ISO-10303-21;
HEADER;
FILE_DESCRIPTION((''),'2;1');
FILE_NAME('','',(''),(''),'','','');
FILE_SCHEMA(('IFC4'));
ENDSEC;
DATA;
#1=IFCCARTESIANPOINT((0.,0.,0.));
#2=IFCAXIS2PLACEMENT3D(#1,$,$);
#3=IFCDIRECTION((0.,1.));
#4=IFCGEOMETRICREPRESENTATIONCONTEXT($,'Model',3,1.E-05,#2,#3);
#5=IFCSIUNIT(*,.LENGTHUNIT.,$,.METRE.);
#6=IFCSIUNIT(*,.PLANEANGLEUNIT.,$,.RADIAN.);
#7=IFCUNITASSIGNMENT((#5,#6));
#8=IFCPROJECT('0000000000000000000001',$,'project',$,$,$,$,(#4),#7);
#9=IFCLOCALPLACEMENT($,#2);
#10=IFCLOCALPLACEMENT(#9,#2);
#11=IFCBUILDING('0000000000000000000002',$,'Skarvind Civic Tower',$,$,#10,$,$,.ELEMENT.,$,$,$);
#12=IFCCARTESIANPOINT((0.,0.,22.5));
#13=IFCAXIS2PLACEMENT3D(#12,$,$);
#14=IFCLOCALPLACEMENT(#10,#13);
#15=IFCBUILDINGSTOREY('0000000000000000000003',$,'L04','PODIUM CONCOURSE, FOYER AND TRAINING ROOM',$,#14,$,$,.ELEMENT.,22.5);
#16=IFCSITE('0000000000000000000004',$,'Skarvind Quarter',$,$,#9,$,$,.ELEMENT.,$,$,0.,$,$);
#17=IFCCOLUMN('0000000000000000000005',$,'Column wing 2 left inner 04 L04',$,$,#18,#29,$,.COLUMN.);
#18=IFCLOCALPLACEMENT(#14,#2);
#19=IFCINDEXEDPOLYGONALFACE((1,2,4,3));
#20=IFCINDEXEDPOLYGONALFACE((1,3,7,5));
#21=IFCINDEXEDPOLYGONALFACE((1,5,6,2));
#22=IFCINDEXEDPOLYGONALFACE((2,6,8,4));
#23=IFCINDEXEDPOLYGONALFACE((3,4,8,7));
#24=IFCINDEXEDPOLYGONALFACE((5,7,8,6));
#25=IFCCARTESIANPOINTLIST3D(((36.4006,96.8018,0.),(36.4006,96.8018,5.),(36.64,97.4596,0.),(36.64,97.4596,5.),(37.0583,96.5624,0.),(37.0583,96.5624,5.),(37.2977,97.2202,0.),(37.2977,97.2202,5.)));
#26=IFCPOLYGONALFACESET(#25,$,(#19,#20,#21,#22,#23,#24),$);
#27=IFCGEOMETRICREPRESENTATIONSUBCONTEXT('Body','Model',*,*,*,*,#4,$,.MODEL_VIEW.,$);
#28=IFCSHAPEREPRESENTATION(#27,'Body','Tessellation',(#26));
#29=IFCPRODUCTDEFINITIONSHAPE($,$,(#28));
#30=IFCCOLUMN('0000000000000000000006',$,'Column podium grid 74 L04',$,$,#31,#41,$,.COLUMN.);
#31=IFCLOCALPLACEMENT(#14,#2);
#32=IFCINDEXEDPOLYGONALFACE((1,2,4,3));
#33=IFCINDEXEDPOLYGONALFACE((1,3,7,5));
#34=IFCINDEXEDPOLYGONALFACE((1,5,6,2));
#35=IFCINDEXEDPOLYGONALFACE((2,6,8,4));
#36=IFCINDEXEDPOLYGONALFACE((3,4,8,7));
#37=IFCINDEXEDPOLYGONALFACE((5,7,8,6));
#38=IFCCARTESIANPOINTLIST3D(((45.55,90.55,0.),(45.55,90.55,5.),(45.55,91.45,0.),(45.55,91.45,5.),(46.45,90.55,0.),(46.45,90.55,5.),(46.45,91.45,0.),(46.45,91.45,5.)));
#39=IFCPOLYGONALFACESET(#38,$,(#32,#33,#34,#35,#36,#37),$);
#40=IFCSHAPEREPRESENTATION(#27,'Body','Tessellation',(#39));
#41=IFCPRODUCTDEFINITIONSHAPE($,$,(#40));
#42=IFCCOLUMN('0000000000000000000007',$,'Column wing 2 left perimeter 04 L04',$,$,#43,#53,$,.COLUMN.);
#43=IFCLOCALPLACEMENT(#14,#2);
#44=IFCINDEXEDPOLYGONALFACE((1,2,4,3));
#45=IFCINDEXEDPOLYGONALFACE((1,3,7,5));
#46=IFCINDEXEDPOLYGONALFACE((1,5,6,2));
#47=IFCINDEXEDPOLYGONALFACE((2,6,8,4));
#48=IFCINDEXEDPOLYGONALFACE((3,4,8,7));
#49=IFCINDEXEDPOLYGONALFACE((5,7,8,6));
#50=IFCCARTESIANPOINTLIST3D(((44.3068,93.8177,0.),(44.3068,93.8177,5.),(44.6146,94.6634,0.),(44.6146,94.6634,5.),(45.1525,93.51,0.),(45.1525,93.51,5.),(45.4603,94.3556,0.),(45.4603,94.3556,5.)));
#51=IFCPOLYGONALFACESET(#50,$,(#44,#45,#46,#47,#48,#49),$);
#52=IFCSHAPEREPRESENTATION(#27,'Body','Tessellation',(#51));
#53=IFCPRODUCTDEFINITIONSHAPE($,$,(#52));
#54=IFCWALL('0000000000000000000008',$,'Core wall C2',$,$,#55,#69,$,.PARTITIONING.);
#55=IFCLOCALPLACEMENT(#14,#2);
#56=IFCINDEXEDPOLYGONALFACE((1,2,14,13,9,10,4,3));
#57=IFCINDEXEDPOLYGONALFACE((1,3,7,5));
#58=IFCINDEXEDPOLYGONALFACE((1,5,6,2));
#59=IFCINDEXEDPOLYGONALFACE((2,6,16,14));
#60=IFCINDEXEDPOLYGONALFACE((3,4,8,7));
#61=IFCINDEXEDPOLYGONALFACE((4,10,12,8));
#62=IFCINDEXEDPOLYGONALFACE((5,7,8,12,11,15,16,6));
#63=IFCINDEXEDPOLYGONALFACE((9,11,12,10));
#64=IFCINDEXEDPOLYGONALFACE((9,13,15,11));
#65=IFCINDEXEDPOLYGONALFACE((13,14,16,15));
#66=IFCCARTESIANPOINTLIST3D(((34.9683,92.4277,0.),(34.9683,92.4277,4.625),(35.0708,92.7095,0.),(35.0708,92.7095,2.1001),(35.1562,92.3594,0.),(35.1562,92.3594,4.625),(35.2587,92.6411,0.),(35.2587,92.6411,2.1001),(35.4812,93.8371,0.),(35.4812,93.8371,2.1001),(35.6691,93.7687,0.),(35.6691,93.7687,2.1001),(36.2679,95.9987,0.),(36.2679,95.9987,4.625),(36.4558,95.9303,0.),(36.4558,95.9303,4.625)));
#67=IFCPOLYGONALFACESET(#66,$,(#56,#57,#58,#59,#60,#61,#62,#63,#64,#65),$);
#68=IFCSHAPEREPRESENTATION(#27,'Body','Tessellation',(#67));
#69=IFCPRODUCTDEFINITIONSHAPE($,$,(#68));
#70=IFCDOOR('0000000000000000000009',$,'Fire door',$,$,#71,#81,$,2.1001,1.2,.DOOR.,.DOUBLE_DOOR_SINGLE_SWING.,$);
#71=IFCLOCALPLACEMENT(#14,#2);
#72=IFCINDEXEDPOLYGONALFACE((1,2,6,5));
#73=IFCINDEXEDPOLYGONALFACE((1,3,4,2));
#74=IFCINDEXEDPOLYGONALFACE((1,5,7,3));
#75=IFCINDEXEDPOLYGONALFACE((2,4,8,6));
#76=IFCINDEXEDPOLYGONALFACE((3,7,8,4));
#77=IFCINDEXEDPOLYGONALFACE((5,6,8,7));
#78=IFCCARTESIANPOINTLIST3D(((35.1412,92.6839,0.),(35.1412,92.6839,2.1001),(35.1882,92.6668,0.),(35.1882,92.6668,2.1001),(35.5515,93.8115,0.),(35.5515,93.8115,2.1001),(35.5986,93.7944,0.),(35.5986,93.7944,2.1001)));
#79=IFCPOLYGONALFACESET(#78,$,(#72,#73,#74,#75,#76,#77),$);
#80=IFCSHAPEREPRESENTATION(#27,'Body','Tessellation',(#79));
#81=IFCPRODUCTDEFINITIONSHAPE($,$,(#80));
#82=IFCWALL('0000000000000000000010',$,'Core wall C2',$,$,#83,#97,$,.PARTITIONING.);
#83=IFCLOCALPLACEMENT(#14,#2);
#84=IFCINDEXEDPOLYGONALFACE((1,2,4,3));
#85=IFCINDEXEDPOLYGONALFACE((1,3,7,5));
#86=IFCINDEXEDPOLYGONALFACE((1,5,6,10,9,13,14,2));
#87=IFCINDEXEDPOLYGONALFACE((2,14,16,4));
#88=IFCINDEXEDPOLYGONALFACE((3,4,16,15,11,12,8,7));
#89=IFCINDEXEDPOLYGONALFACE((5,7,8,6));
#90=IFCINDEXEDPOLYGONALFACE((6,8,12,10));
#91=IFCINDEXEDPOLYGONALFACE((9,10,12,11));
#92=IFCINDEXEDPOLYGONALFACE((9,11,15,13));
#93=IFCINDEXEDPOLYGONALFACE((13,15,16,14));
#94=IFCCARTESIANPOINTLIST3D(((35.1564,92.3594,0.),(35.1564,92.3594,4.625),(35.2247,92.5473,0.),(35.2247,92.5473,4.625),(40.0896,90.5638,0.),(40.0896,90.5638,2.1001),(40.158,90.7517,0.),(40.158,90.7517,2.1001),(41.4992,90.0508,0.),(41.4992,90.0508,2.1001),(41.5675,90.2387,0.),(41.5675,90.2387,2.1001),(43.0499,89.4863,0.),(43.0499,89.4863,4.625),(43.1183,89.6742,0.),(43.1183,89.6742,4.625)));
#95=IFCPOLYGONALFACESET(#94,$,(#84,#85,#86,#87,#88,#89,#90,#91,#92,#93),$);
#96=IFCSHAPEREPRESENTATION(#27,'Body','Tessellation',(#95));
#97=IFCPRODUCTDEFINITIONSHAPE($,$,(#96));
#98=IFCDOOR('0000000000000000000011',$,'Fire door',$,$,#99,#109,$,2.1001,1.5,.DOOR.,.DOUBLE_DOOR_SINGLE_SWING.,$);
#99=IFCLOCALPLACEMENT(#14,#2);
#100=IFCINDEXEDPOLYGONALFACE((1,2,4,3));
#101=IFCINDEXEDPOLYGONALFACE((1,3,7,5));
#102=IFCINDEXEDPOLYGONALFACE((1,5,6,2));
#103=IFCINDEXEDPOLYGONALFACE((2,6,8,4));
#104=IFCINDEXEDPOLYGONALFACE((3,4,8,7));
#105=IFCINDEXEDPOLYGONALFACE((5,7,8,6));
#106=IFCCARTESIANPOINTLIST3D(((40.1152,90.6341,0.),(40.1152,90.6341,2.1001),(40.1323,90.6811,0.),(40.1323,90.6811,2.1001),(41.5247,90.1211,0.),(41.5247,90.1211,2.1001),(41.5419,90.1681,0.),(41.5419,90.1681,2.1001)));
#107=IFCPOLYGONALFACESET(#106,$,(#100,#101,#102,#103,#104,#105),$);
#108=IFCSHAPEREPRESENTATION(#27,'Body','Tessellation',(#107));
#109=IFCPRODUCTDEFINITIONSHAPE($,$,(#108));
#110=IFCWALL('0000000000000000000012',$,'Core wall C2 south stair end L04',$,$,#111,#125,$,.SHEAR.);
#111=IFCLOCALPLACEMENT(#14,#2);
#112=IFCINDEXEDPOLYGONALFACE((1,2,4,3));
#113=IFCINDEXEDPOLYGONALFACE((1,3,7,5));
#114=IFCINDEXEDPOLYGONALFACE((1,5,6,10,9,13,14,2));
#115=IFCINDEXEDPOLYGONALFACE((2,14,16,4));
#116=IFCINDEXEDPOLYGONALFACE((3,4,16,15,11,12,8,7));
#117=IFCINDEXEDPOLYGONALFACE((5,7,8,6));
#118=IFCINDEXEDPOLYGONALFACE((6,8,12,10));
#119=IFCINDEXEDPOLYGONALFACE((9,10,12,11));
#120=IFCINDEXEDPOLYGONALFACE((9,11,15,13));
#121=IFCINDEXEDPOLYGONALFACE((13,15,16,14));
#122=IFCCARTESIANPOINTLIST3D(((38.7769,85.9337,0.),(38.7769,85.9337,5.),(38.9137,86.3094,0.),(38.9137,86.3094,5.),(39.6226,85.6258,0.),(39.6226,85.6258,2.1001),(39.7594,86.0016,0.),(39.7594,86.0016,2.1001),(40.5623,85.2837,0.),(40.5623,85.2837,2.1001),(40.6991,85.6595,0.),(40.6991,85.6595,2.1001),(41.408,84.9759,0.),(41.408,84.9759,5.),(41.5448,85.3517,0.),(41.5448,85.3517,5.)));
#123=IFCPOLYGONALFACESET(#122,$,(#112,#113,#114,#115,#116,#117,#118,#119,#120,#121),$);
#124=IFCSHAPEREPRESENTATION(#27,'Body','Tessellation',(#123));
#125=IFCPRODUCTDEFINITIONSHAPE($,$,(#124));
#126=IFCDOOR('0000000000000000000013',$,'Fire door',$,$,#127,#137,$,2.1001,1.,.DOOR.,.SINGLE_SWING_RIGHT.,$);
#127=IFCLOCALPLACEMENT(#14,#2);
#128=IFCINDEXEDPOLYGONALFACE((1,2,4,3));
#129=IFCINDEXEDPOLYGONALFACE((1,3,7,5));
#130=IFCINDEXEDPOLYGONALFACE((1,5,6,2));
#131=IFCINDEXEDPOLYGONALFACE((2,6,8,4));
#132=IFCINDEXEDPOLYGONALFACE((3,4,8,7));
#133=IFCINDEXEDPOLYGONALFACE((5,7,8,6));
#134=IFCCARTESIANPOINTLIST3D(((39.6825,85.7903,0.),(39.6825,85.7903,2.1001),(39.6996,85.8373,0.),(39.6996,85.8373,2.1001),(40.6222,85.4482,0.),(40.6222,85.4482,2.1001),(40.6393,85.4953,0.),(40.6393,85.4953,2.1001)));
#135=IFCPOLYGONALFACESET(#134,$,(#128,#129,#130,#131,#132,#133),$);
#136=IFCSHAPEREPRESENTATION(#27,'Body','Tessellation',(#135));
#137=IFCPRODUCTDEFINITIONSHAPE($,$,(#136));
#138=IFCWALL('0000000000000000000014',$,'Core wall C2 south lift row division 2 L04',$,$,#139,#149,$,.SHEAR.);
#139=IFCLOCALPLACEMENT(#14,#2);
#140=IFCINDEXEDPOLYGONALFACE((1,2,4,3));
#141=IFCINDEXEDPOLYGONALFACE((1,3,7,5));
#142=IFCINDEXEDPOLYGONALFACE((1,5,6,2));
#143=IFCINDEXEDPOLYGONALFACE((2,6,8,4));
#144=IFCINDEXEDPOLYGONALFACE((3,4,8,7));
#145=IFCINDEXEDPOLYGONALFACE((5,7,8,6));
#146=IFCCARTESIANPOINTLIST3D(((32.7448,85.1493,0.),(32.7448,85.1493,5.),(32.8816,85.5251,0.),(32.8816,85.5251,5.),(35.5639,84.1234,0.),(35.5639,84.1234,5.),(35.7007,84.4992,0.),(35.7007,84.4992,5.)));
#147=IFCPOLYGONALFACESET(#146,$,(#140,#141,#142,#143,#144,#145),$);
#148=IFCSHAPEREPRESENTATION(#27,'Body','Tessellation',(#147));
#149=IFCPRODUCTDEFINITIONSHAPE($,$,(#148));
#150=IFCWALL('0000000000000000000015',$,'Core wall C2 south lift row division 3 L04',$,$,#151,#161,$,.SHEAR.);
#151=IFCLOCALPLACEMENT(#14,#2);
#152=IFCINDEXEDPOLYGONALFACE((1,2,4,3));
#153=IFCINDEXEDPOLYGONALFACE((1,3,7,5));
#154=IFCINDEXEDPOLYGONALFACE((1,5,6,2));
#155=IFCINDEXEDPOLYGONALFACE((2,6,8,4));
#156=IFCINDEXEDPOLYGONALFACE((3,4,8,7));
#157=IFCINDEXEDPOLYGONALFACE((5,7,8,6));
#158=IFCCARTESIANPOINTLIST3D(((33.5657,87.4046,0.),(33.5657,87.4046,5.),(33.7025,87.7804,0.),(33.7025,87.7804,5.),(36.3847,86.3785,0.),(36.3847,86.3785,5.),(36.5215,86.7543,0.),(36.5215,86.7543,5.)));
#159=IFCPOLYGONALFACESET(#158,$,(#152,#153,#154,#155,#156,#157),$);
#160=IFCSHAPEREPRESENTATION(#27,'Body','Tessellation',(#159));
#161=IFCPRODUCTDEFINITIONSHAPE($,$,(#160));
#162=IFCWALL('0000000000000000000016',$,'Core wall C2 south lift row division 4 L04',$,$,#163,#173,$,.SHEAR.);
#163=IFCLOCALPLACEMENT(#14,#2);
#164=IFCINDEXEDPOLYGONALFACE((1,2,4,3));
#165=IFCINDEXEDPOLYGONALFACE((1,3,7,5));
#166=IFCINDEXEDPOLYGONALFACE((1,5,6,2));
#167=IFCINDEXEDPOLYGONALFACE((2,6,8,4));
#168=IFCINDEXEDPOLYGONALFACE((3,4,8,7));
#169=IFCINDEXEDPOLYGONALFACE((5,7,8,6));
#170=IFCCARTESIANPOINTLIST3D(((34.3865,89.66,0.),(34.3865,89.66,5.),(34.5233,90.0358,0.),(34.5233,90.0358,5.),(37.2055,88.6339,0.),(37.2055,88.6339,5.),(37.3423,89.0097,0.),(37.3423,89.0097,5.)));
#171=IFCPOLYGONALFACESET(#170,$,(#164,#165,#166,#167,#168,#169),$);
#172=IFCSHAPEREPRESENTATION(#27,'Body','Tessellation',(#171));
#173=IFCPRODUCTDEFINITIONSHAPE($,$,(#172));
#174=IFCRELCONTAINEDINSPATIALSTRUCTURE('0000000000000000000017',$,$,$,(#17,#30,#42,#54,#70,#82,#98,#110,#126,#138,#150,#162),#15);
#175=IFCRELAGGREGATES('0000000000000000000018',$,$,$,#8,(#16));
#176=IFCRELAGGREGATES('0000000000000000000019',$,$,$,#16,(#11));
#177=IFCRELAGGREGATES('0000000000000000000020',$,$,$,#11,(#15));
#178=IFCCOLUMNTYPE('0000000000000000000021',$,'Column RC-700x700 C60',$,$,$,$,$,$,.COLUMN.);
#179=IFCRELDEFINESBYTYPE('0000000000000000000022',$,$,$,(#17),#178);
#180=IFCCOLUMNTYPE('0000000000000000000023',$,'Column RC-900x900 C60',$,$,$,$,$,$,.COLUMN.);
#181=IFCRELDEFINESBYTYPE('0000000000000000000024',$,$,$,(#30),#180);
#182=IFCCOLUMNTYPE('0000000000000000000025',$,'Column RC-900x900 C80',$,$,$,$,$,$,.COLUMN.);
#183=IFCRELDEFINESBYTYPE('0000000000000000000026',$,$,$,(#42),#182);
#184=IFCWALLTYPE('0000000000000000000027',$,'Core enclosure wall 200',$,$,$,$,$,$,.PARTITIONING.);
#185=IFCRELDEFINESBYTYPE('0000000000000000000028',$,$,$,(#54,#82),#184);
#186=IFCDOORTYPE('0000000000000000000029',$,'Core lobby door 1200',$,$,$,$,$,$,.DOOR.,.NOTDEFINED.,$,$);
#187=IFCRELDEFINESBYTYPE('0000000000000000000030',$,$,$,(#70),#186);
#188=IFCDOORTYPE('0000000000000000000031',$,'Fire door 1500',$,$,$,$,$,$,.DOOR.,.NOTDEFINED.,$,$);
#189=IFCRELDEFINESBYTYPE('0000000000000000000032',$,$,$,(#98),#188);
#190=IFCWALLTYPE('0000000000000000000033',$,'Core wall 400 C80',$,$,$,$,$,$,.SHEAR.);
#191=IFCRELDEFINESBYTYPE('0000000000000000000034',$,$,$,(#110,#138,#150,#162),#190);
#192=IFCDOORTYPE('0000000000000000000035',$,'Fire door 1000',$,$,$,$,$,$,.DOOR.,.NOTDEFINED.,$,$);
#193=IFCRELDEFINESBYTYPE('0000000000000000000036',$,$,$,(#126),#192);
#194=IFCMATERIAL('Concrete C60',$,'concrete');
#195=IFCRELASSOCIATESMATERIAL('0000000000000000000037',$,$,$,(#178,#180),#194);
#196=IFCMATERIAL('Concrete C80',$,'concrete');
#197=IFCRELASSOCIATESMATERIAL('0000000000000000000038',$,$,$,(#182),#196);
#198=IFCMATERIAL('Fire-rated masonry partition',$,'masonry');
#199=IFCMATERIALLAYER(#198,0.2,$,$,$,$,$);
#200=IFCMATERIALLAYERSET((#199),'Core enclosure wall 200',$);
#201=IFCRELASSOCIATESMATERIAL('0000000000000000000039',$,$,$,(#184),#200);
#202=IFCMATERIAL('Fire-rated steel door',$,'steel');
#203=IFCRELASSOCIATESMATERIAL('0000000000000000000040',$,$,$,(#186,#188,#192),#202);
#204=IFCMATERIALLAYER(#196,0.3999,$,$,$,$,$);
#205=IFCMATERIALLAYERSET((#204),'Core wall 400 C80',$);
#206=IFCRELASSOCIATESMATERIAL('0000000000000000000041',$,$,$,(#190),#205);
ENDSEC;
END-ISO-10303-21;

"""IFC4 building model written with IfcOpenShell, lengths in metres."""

from ifc_helpers import new_model, si_unit, direction, frame, frame_2d, origin, origin_2d, place, context, subcontext, project, spatial, rectangle, extrude, material, layer, layer_set, material_profile, profile_set, type_object, element, fill, save


model = new_model("IFC4")

# Units and contexts
model_context = context("Model", 3, precision=1e-05, world=origin(), true_north=direction((0.0, 1.0)))
body_context = subcontext(model_context, "Body", "Model", "MODEL_VIEW")
ifc_project = project(units=[si_unit("LENGTHUNIT", "METRE"), si_unit("PLANEANGLEUNIT", "RADIAN")], contexts=[model_context])

# Site, building, storey
site_placement = place(None, origin())
site = spatial("IfcSite", under=ifc_project, at=site_placement, Name="Skarvind Quarter", CompositionType="ELEMENT", RefElevation=0.0)
building_placement = place(site_placement, origin())
building = spatial("IfcBuilding", under=site, at=building_placement, Name="Skarvind Civic Tower", CompositionType="ELEMENT")
storey_placement = place(building_placement, frame((0.0, 0.0, 22.5)))
storey = spatial("IfcBuildingStorey", under=building, at=storey_placement, Name="L04", Description="PODIUM CONCOURSE, FOYER AND TRAINING ROOM", CompositionType="ELEMENT", Elevation=22.5)

# Columns
ifc_material_1 = material(Name="Concrete C60", Category="concrete")
ifc_material_profile_1 = material_profile(ifc_material_1, rectangle(XDim=0.7, YDim=0.7, at=origin_2d()), Name="RC-700x700")
ifc_profile_set_1 = profile_set([ifc_material_profile_1], Name="Concrete C60")
column_type_1 = type_object("IfcColumnType", Name="Column RC-700x700 C60", PredefinedType="COLUMN", material=ifc_profile_set_1)
column_1_placement = place(storey_placement, frame((36.8491, 97.011, 0.0), z_axis=(0.0, 0.0, 1.0), x_axis=(-0.34202, -0.939693, 0.0)))
element("IfcColumn", 1, at=column_1_placement, inside=storey, type_object=column_type_1, Name="Column wing 2 left inner 04 L04", PredefinedType="COLUMN", context=body_context, shape_type="SweptSolid", body=[
    extrude(rectangle(XDim=0.7, YDim=0.7, at=origin_2d()), origin(), (0.0, 0.0, 1.0), 5.0),
])
ifc_material_profile_2 = material_profile(ifc_material_1, rectangle(XDim=0.8999, YDim=0.8999, at=origin_2d()), Name="RC-900x900")
ifc_profile_set_2 = profile_set([ifc_material_profile_2], Name="Concrete C60")
column_type_2 = type_object("IfcColumnType", Name="Column RC-900x900 C60", PredefinedType="COLUMN", material=ifc_profile_set_2)
column_2_placement = place(storey_placement, frame((46.0, 91.0, 0.0), z_axis=(0.0, 0.0, 1.0), x_axis=(1.0, 0.0, 0.0)))
element("IfcColumn", 2, at=column_2_placement, inside=storey, type_object=column_type_2, Name="Column podium grid 74 L04", PredefinedType="COLUMN", context=body_context, shape_type="SweptSolid", body=[
    extrude(rectangle(XDim=0.8999, YDim=0.8999, at=origin_2d()), origin(), (0.0, 0.0, 1.0), 5.0),
])
ifc_material_2 = material(Name="Concrete C80", Category="concrete")
ifc_material_profile_3 = material_profile(ifc_material_2, rectangle(XDim=0.8999, YDim=0.8999, at=origin_2d()), Name="RC-900x900")
ifc_profile_set_3 = profile_set([ifc_material_profile_3], Name="Concrete C80")
column_type_3 = type_object("IfcColumnType", Name="Column RC-900x900 C80", PredefinedType="COLUMN", material=ifc_profile_set_3)
column_3_placement = place(storey_placement, frame((44.8835, 94.0867, 0.0), z_axis=(0.0, 0.0, 1.0), x_axis=(-0.34202, -0.939693, 0.0)))
element("IfcColumn", 3, at=column_3_placement, inside=storey, type_object=column_type_3, Name="Column wing 2 left perimeter 04 L04", PredefinedType="COLUMN", context=body_context, shape_type="SweptSolid", body=[
    extrude(rectangle(XDim=0.8999, YDim=0.8999, at=origin_2d()), origin(), (0.0, 0.0, 1.0), 5.0),
])

# Walls, openings, doors
ifc_material_3 = material(Name="Fire-rated masonry partition", Category="masonry")
ifc_layer_1 = layer(ifc_material_3, 0.2)
ifc_layer_set_1 = layer_set([ifc_layer_1], Name="Core enclosure wall 200")
wall_type_1 = type_object("IfcWallType", Name="Core enclosure wall 200", PredefinedType="PARTITIONING", material=ifc_layer_set_1)
wall_1_placement = place(storey_placement, frame((36.3618, 95.9644, 0.0), z_axis=(0.0, 0.0, 1.0), x_axis=(-0.341996, -0.939701, 0.0)))
wall_1 = element("IfcWall", 4, at=wall_1_placement, inside=storey, type_object=wall_type_1, Name="Core wall C2", PredefinedType="PARTITIONING", context=body_context, shape_type="SweptSolid", body=[
    extrude(rectangle(XDim=3.8, YDim=0.2, at=frame_2d((1.8999, 0.0))), origin(), (0.0, 0.0, 1.0), 4.625),
])
opening_1_placement = place(wall_1_placement, frame((2.3, 0.0, 0.0)))
opening_1 = element("IfcOpeningElement", 5, at=opening_1_placement, cuts=wall_1, PredefinedType="OPENING", context=body_context, shape_type="SweptSolid", body=[
    extrude(rectangle(XDim=1.2, YDim=2.1001, at=frame_2d((0.6001, 1.05))), frame((0.0, 0.1099, 0.0), z_axis=(0.0, -1.0, 0.0), x_axis=(1.0, 0.0, 0.0)), (0.0, 0.0, 1.0), 0.22),
])
ifc_material_4 = material(Name="Fire-rated steel door", Category="steel")
door_type_1 = type_object("IfcDoorType", Name="Core lobby door 1200", OperationType="NOTDEFINED", PredefinedType="DOOR", material=ifc_material_4)
door_1_placement = place(opening_1_placement, origin())
door_1 = element("IfcDoor", 6, at=door_1_placement, inside=storey, type_object=door_type_1, Name="Fire door", OperationType="DOUBLE_DOOR_SINGLE_SWING", OverallHeight=2.1001, OverallWidth=1.2, PredefinedType="DOOR", context=body_context, shape_type="SweptSolid", body=[
    extrude(rectangle(XDim=1.2, YDim=2.1001, at=frame_2d((0.6001, 1.05))), frame((0.0, 0.0249, 0.0), z_axis=(0.0, -1.0, 0.0), x_axis=(1.0, 0.0, 0.0)), (0.0, 0.0, 1.0), 0.05),
])
fill(opening_1, door_1)
wall_2_placement = place(storey_placement, frame((35.1904, 92.4534, 0.0), z_axis=(0.0, 0.0, 1.0), x_axis=(0.939692, -0.342023, 0.0)))
wall_2 = element("IfcWall", 7, at=wall_2_placement, inside=storey, type_object=wall_type_1, Name="Core wall C2", PredefinedType="PARTITIONING", context=body_context, shape_type="SweptSolid", body=[
    extrude(rectangle(XDim=8.4001, YDim=0.2, at=frame_2d((4.2002, 0.0))), origin(), (0.0, 0.0, 1.0), 4.625),
])
opening_2_placement = place(wall_2_placement, frame((5.25, 0.0, 0.0)))
opening_2 = element("IfcOpeningElement", 8, at=opening_2_placement, cuts=wall_2, PredefinedType="OPENING", context=body_context, shape_type="SweptSolid", body=[
    extrude(rectangle(XDim=1.5, YDim=2.1001, at=frame_2d((0.75, 1.05))), frame((0.0, 0.1099, 0.0), z_axis=(0.0, -1.0, 0.0), x_axis=(1.0, 0.0, 0.0)), (0.0, 0.0, 1.0), 0.22),
])
door_type_2 = type_object("IfcDoorType", Name="Fire door 1500", OperationType="NOTDEFINED", PredefinedType="DOOR", material=ifc_material_4)
door_2_placement = place(opening_2_placement, origin())
door_2 = element("IfcDoor", 9, at=door_2_placement, inside=storey, type_object=door_type_2, Name="Fire door", OperationType="DOUBLE_DOOR_SINGLE_SWING", OverallHeight=2.1001, OverallWidth=1.5, PredefinedType="DOOR", context=body_context, shape_type="SweptSolid", body=[
    extrude(rectangle(XDim=1.5, YDim=2.1001, at=frame_2d((0.75, 1.05))), frame((0.0, 0.0249, 0.0), z_axis=(0.0, -1.0, 0.0), x_axis=(1.0, 0.0, 0.0)), (0.0, 0.0, 1.0), 0.05),
])
fill(opening_2, door_2)
ifc_layer_2 = layer(ifc_material_2, 0.3999)
ifc_layer_set_2 = layer_set([ifc_layer_2], Name="Core wall 400 C80")
wall_type_2 = type_object("IfcWallType", Name="Core wall 400 C80", PredefinedType="SHEAR", material=ifc_layer_set_2)
wall_3_placement = place(storey_placement, frame((41.4763, 85.1638, 0.0), z_axis=(0.0, 0.0, 1.0), x_axis=(-0.939679, 0.342058, 0.0)))
wall_3 = element("IfcWall", 10, at=wall_3_placement, inside=storey, type_object=wall_type_2, Name="Core wall C2 south stair end L04", PredefinedType="SHEAR", context=body_context, shape_type="SweptSolid", body=[
    extrude(rectangle(XDim=2.8, YDim=0.3999, at=frame_2d((1.3999, 0.0))), origin(), (0.0, 0.0, 1.0), 5.0),
])
opening_3_placement = place(wall_3_placement, frame((0.8999, 0.0, 0.0)))
opening_3 = element("IfcOpeningElement", 11, at=opening_3_placement, cuts=wall_3, PredefinedType="OPENING", context=body_context, shape_type="SweptSolid", body=[
    extrude(rectangle(XDim=1.0, YDim=2.1001, at=frame_2d((0.5, 1.05))), frame((0.0, 0.21, 0.0), z_axis=(0.0, -1.0, 0.0), x_axis=(1.0, 0.0, 0.0)), (0.0, 0.0, 1.0), 0.4199),
])
door_type_3 = type_object("IfcDoorType", Name="Fire door 1000", OperationType="NOTDEFINED", PredefinedType="DOOR", material=ifc_material_4)
door_3_placement = place(opening_3_placement, origin())
door_3 = element("IfcDoor", 12, at=door_3_placement, inside=storey, type_object=door_type_3, Name="Fire door", OperationType="SINGLE_SWING_RIGHT", OverallHeight=2.1001, OverallWidth=1.0, PredefinedType="DOOR", context=body_context, shape_type="SweptSolid", body=[
    extrude(rectangle(XDim=1.0, YDim=2.1001, at=frame_2d((0.5, 1.05))), frame((0.0, 0.0249, 0.0), z_axis=(0.0, -1.0, 0.0), x_axis=(1.0, 0.0, 0.0)), (0.0, 0.0, 1.0), 0.05),
])
fill(opening_3, door_3)

# Walls
for number, where, z_axis, x_axis, name in (
    (13, (35.6323, 84.3113, 0.0), (0.0, 0.0, 1.0), (-0.939713, 0.341965, 0.0), "Core wall C2 south lift row division 2 L04"),
    (14, (36.4531, 86.5664, 0.0), (0.0, 0.0, 1.0), (-0.939686, 0.342037, 0.0), "Core wall C2 south lift row division 3 L04"),
    (15, (37.2739, 88.8218, 0.0), (0.0, 0.0, 1.0), (-0.939686, 0.342037, 0.0), "Core wall C2 south lift row division 4 L04"),
):
    element("IfcWall", number, at=place(storey_placement, frame(where, z_axis=z_axis, x_axis=x_axis)), inside=storey, type_object=wall_type_2, Name=name, PredefinedType="SHEAR", context=body_context, shape_type="SweptSolid", body=[
        extrude(rectangle(XDim=3.0, YDim=0.3999, at=frame_2d((1.5, 0.0))), origin(), (0.0, 0.0, 1.0), 5.0),
    ])

save(model, "model.ifc")
